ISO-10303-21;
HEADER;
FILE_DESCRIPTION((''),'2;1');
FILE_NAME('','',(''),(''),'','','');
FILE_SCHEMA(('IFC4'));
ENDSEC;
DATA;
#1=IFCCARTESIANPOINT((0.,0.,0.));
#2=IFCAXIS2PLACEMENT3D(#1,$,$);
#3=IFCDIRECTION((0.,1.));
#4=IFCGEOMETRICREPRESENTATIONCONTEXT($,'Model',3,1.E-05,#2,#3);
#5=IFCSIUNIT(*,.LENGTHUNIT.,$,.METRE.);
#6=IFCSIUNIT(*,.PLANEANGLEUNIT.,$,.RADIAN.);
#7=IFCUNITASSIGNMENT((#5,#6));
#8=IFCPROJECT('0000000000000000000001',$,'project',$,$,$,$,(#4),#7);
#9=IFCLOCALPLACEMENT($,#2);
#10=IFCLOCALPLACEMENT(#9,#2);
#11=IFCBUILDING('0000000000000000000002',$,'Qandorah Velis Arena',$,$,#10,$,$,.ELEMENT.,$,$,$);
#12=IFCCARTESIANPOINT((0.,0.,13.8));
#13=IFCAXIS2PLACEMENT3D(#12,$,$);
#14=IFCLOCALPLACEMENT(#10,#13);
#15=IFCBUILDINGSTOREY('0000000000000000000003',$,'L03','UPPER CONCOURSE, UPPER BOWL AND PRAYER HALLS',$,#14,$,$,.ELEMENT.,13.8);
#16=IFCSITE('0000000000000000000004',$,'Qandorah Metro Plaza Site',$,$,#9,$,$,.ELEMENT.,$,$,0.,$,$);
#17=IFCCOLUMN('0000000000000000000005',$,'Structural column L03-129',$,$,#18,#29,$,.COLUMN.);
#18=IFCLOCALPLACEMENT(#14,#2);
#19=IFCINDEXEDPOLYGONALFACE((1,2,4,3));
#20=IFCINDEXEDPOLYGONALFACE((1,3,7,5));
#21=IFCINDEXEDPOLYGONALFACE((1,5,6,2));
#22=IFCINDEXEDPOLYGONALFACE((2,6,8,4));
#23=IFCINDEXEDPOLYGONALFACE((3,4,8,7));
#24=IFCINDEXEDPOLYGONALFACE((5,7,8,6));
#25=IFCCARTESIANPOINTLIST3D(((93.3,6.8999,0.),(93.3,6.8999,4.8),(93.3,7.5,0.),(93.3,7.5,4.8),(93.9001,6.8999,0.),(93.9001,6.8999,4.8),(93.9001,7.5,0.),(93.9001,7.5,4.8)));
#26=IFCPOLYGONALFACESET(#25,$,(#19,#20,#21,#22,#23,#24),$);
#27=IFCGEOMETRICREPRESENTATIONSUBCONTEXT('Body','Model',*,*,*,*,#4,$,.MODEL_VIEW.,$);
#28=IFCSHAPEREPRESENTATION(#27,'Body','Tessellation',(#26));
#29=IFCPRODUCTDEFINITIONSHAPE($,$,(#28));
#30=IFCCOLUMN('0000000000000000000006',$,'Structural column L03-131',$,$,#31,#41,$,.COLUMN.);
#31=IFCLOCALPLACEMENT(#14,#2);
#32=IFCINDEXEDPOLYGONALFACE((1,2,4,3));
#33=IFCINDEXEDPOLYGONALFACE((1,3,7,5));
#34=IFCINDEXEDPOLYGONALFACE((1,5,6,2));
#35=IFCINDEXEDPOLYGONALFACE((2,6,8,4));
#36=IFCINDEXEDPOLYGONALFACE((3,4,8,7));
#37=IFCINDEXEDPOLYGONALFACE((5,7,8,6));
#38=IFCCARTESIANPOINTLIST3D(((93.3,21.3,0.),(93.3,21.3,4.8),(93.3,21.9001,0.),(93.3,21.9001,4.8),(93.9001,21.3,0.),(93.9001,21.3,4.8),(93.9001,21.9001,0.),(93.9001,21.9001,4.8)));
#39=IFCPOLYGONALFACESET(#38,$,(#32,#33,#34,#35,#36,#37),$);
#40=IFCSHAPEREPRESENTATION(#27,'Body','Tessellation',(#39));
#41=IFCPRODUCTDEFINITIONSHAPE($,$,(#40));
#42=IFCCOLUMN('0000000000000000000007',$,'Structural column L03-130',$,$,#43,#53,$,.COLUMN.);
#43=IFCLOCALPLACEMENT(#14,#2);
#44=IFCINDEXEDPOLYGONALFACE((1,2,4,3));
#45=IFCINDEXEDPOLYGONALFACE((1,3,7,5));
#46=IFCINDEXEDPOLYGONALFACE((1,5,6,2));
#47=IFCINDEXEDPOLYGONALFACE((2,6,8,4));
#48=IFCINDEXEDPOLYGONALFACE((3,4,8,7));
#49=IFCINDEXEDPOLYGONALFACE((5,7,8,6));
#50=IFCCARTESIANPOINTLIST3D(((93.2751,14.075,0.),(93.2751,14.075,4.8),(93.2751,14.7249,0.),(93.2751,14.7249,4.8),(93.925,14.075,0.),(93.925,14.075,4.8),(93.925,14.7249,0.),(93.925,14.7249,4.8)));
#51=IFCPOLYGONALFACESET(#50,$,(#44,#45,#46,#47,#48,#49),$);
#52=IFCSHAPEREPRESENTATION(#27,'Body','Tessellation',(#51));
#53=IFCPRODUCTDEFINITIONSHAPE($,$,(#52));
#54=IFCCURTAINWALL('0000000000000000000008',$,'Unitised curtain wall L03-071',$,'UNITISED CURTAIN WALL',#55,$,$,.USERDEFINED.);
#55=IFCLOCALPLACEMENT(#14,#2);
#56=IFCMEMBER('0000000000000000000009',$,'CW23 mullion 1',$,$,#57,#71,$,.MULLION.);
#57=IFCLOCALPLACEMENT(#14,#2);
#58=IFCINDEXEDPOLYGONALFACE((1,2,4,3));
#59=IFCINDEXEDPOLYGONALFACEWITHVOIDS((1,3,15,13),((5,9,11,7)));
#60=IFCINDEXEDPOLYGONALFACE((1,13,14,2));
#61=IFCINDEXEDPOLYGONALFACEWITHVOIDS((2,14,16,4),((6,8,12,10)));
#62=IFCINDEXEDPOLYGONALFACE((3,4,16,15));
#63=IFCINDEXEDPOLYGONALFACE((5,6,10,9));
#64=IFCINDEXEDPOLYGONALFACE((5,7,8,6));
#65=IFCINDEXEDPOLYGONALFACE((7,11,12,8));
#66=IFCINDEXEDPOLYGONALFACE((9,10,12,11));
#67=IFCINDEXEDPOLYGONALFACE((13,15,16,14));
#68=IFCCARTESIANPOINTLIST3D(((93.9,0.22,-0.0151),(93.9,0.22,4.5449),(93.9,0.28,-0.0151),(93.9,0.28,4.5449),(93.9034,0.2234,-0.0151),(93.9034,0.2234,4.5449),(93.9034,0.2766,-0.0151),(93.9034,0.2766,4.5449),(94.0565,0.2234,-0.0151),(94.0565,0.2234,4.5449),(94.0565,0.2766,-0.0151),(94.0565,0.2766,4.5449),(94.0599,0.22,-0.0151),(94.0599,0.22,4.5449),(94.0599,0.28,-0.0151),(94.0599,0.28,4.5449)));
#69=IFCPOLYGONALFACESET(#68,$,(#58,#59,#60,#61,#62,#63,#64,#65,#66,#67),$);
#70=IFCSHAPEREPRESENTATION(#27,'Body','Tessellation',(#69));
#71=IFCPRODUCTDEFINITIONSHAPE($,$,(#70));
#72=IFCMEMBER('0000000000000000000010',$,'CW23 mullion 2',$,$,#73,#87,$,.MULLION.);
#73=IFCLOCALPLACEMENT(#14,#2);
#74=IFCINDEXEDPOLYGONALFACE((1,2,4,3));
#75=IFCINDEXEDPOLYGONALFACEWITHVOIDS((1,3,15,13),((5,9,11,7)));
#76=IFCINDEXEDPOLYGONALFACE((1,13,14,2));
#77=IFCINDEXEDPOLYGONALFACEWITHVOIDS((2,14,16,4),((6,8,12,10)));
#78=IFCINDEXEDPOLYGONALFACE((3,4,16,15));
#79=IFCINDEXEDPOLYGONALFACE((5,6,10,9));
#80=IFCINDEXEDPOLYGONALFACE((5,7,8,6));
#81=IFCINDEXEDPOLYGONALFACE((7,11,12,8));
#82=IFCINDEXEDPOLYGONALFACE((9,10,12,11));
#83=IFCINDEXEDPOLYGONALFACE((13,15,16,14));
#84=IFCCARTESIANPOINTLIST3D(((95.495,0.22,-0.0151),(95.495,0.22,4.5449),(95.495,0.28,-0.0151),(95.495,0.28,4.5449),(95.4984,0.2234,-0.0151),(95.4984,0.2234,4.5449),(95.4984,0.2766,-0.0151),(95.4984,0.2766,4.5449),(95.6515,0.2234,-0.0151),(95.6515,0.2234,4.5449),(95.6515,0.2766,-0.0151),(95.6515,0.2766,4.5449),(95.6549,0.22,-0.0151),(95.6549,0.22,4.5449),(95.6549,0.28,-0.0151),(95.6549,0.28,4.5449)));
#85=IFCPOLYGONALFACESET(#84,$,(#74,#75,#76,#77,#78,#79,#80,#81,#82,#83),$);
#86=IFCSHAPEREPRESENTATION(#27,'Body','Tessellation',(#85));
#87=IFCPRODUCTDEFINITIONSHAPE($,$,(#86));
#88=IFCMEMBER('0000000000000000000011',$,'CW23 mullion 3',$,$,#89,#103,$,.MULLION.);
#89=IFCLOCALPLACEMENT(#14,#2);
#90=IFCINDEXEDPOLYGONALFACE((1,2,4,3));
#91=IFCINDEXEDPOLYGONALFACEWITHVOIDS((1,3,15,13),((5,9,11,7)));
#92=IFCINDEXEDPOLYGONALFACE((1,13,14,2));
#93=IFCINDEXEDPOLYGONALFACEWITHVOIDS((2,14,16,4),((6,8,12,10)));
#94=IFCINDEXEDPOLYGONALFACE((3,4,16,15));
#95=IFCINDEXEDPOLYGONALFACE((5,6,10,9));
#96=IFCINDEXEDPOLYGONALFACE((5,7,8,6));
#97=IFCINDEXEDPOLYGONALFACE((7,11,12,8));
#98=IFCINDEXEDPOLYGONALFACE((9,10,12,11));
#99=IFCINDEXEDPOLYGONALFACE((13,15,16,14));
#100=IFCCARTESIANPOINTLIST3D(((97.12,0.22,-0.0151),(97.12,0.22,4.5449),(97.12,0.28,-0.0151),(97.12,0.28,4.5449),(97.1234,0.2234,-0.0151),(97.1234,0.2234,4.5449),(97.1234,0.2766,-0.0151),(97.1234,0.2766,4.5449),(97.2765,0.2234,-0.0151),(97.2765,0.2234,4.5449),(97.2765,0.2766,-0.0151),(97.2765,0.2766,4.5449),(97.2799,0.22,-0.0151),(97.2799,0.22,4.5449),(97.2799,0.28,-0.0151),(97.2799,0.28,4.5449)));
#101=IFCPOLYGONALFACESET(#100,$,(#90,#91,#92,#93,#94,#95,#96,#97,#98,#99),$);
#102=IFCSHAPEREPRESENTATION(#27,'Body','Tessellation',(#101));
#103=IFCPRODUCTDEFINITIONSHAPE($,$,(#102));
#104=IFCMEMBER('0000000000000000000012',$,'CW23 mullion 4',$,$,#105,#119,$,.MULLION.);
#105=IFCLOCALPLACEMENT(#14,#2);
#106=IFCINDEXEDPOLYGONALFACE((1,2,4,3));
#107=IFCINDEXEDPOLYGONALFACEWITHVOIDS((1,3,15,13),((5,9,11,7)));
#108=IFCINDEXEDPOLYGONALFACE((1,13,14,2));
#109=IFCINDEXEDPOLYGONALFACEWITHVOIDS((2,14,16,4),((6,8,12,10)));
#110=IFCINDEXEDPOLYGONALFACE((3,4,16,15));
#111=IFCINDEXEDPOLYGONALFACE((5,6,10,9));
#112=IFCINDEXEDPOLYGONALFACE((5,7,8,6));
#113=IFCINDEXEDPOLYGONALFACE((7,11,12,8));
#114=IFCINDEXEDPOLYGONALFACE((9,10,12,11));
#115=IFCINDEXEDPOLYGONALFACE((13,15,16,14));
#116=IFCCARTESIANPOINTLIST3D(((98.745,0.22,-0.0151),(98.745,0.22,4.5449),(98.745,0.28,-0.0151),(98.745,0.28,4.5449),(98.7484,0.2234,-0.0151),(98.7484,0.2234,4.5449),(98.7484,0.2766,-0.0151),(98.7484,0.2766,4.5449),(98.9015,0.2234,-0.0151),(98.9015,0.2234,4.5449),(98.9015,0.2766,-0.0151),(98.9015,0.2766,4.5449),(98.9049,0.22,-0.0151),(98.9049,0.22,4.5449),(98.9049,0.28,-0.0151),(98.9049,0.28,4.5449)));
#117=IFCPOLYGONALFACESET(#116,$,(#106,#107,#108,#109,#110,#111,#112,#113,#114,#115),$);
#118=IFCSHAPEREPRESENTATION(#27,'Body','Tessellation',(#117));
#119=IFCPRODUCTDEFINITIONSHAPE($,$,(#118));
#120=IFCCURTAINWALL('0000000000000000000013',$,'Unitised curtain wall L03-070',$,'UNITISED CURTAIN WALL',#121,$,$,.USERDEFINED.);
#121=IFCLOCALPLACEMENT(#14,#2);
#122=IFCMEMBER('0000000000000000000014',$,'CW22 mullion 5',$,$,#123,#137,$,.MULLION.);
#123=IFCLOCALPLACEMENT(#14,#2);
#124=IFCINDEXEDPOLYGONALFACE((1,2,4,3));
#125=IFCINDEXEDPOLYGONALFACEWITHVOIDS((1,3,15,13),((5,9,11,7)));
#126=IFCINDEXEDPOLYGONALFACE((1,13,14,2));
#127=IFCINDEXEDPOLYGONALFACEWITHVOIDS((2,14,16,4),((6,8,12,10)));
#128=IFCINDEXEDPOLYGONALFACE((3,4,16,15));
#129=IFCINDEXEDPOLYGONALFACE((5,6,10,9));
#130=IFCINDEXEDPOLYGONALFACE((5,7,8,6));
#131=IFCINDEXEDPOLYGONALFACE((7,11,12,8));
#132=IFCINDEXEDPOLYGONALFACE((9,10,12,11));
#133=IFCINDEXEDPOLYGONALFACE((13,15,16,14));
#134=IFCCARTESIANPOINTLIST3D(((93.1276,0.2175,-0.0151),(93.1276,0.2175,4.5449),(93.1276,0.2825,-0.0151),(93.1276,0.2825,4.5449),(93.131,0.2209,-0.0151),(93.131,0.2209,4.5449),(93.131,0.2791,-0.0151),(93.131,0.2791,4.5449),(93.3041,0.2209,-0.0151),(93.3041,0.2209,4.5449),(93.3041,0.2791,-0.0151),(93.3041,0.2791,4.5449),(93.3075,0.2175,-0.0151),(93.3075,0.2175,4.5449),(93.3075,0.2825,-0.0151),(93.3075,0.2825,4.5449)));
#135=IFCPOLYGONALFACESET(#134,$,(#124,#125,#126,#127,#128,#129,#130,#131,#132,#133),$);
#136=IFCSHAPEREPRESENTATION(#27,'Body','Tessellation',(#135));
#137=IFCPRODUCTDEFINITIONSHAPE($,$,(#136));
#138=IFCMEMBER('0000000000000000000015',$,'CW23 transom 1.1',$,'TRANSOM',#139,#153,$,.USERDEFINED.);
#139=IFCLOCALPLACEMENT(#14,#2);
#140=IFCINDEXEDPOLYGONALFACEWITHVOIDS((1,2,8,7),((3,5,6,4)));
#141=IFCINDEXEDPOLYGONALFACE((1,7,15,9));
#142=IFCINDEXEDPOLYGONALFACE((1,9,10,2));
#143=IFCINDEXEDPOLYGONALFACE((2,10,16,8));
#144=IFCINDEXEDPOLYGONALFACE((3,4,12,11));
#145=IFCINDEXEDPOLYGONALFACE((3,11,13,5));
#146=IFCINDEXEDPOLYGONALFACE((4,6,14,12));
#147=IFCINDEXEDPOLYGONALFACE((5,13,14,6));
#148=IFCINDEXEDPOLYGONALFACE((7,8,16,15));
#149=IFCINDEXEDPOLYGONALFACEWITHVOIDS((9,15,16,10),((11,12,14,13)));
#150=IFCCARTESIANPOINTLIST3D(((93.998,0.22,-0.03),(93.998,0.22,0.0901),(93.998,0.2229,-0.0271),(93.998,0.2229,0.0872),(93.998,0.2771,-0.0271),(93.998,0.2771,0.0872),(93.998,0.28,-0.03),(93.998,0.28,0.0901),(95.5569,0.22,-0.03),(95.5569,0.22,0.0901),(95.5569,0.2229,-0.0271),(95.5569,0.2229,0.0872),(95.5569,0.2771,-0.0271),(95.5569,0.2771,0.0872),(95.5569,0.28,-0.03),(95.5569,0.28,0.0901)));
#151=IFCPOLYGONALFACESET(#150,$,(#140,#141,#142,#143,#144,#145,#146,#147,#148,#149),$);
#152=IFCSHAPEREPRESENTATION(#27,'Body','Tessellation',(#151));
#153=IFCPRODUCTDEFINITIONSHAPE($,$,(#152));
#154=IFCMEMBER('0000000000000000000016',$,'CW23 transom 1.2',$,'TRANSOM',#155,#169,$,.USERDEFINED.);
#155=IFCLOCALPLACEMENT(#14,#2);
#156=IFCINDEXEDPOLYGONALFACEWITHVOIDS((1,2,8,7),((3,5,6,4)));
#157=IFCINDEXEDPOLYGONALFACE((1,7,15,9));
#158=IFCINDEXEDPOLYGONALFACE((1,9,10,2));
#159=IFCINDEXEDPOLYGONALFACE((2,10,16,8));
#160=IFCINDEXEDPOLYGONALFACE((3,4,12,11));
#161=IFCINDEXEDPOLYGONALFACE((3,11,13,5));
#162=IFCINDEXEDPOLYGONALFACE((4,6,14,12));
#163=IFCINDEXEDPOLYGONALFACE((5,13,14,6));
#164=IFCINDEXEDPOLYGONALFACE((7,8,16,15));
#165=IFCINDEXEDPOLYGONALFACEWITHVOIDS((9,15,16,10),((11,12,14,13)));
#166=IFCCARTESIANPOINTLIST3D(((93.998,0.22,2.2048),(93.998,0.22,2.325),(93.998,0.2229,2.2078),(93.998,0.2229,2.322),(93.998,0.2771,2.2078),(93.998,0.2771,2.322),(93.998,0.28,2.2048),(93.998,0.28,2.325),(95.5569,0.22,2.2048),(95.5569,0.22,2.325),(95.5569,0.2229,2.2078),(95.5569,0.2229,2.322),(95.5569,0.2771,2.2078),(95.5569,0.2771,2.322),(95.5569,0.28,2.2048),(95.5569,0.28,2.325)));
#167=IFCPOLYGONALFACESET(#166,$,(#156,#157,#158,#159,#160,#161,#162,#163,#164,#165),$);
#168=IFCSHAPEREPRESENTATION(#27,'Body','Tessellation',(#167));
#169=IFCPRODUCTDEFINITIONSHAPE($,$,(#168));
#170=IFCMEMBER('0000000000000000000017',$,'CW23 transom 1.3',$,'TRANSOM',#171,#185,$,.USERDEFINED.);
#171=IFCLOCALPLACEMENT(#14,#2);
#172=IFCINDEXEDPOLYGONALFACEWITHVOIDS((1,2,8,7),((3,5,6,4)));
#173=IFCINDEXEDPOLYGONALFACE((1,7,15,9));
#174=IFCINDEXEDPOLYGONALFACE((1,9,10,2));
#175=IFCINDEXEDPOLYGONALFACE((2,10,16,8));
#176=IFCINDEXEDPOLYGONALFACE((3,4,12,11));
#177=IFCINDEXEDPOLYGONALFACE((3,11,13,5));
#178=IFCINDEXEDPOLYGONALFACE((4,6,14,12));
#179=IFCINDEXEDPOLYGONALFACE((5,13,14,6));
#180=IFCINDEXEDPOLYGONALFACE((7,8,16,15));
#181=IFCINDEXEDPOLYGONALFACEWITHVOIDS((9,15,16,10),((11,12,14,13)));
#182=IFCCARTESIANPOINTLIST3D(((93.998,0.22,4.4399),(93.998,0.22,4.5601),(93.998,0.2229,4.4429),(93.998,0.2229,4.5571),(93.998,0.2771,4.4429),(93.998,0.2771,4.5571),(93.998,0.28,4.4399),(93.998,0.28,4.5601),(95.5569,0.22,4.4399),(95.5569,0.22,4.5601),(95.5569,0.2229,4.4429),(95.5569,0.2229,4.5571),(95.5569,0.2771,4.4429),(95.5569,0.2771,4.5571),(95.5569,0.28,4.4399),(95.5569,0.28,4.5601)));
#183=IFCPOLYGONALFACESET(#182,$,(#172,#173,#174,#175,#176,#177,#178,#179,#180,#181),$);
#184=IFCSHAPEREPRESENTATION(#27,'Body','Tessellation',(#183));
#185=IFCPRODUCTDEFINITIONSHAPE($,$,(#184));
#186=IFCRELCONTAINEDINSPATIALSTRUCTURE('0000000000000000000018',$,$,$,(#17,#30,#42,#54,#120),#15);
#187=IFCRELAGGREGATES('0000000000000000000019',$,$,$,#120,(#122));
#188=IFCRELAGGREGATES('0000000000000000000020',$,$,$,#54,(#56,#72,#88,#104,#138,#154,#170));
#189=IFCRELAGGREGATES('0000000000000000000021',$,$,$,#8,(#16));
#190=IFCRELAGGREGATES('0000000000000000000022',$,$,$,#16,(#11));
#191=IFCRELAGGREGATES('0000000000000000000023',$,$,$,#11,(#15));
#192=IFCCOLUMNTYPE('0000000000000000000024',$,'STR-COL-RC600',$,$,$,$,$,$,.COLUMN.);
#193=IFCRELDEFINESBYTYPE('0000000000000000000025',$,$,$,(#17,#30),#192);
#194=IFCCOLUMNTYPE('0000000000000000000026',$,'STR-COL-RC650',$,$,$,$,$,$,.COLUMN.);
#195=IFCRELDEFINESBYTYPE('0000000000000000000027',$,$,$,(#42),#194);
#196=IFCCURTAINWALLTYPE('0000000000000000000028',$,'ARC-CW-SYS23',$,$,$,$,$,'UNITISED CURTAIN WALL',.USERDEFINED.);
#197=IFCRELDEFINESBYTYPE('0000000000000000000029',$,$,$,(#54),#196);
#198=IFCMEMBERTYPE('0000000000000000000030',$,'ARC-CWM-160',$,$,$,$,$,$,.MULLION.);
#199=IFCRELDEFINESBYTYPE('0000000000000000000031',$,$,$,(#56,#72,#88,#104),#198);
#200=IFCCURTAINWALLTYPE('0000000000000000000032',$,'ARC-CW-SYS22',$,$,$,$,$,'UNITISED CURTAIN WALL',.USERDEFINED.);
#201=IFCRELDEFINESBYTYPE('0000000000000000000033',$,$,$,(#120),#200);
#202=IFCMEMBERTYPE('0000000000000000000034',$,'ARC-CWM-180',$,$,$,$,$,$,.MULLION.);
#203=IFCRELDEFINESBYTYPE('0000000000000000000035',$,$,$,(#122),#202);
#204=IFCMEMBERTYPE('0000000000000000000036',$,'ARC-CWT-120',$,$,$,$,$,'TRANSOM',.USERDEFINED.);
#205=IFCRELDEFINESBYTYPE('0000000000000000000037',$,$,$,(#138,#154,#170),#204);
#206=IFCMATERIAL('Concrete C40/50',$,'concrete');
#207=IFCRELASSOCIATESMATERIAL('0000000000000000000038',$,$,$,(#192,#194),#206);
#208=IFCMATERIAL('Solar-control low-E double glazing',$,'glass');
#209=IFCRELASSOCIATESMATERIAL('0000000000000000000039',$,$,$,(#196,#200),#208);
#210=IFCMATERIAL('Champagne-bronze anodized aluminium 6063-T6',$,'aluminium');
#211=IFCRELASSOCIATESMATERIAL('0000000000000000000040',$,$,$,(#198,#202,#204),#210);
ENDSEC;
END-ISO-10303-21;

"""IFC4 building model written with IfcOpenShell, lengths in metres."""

from ifc_helpers import new_model, si_unit, direction, frame, origin, origin_2d, place, context, subcontext, project, spatial, rectangle, hollow_rectangle, extrude, material, material_profile, profile_set, type_object, element, aggregate, save


model = new_model("IFC4")

# Units and contexts
model_context = context("Model", 3, precision=1e-05, world=origin(), true_north=direction((0.0, 1.0)))
body_context = subcontext(model_context, "Body", "Model", "MODEL_VIEW")
ifc_project = project(units=[si_unit("LENGTHUNIT", "METRE"), si_unit("PLANEANGLEUNIT", "RADIAN")], contexts=[model_context])

# Site, building, storey
site_placement = place(None, origin())
site = spatial("IfcSite", under=ifc_project, at=site_placement, Name="Qandorah Metro Plaza Site", CompositionType="ELEMENT", RefElevation=0.0)
building_placement = place(site_placement, origin())
building = spatial("IfcBuilding", under=site, at=building_placement, Name="Qandorah Velis Arena", CompositionType="ELEMENT")
storey_placement = place(building_placement, frame((0.0, 0.0, 13.8)))
storey = spatial("IfcBuildingStorey", under=building, at=storey_placement, Name="L03", Description="UPPER CONCOURSE, UPPER BOWL AND PRAYER HALLS", CompositionType="ELEMENT", Elevation=13.8)

# Columns
ifc_material_1 = material(Name="Concrete C40/50", Category="concrete")
ifc_material_profile_1 = material_profile(ifc_material_1, rectangle(XDim=0.6001, YDim=0.6001, at=origin_2d()), Name="RC COL 600x600")
ifc_profile_set_1 = profile_set([ifc_material_profile_1], Name="Concrete C40/50")
column_type_1 = type_object("IfcColumnType", Name="STR-COL-RC600", PredefinedType="COLUMN", material=ifc_profile_set_1)
for number, where, z_axis, x_axis, name in (
    (1, (93.6001, 7.2, 0.0), (0.0, 0.0, 1.0), (1.0, 0.0, 0.0), "Structural column L03-129"),
    (2, (93.6001, 21.6001, 0.0), (0.0, 0.0, 1.0), (1.0, 0.0, 0.0), "Structural column L03-131"),
):
    element("IfcColumn", number, at=place(storey_placement, frame(where, z_axis=z_axis, x_axis=x_axis)), inside=storey, type_object=column_type_1, Name=name, PredefinedType="COLUMN", context=body_context, shape_type="SweptSolid", body=[
        extrude(rectangle(XDim=0.6001, YDim=0.6001, at=origin_2d()), origin(), (0.0, 0.0, 1.0), 4.8),
    ])
ifc_material_profile_2 = material_profile(ifc_material_1, rectangle(XDim=0.6499, YDim=0.6499, at=origin_2d()), Name="RC COL 650x650")
ifc_profile_set_2 = profile_set([ifc_material_profile_2], Name="Concrete C40/50")
column_type_2 = type_object("IfcColumnType", Name="STR-COL-RC650", PredefinedType="COLUMN", material=ifc_profile_set_2)
column_placement = place(storey_placement, frame((93.6001, 14.3999, 0.0), z_axis=(0.0, 0.0, 1.0), x_axis=(1.0, 0.0, 0.0)))
element("IfcColumn", 3, at=column_placement, inside=storey, type_object=column_type_2, Name="Structural column L03-130", PredefinedType="COLUMN", context=body_context, shape_type="SweptSolid", body=[
    extrude(rectangle(XDim=0.6499, YDim=0.6499, at=origin_2d()), origin(), (0.0, 0.0, 1.0), 4.8),
])

# Curtain wall, members
ifc_material_2 = material(Name="Solar-control low-E double glazing", Category="glass")
curtain_wall_type_1 = type_object("IfcCurtainWallType", Name="ARC-CW-SYS23", ElementType="UNITISED CURTAIN WALL", PredefinedType="USERDEFINED", material=ifc_material_2)
curtain_wall_1_placement = place(storey_placement, origin())
curtain_wall_1 = element("IfcCurtainWall", 4, at=curtain_wall_1_placement, inside=storey, type_object=curtain_wall_type_1, Name="Unitised curtain wall L03-071", ObjectType="UNITISED CURTAIN WALL", PredefinedType="USERDEFINED")
ifc_material_3 = material(Name="Champagne-bronze anodized aluminium 6063-T6", Category="aluminium")
ifc_material_profile_3 = material_profile(ifc_material_3, hollow_rectangle(XDim=0.0601, YDim=0.1599, WallThickness=0.0034, at=origin_2d()), Name="ALU MULLION 60x160")
ifc_profile_set_3 = profile_set([ifc_material_profile_3], Name="Champagne-bronze anodized aluminium 6063-T6")
member_type_1 = type_object("IfcMemberType", Name="ARC-CWM-160", PredefinedType="MULLION", material=ifc_profile_set_3)
member_1_placement = place(storey_placement, frame((93.98, 0.25, -0.0151), z_axis=(0.0, 0.0, 1.0), x_axis=(0.0, 1.0, 0.0)))
member_1 = element("IfcMember", 5, at=member_1_placement, type_object=member_type_1, Name="CW23 mullion 1", PredefinedType="MULLION", context=body_context, shape_type="SweptSolid", body=[
    extrude(hollow_rectangle(XDim=0.0601, YDim=0.1599, WallThickness=0.0034, at=origin_2d()), origin(), (0.0, 0.0, 1.0), 4.5601),
])
member_2_placement = place(storey_placement, frame((95.575, 0.25, -0.0151), z_axis=(0.0, 0.0, 1.0), x_axis=(0.0, 1.0, 0.0)))
member_2 = element("IfcMember", 6, at=member_2_placement, type_object=member_type_1, Name="CW23 mullion 2", PredefinedType="MULLION", context=body_context, shape_type="SweptSolid", body=[
    extrude(hollow_rectangle(XDim=0.0601, YDim=0.1599, WallThickness=0.0034, at=origin_2d()), origin(), (0.0, 0.0, 1.0), 4.5601),
])
member_3_placement = place(storey_placement, frame((97.2, 0.25, -0.0151), z_axis=(0.0, 0.0, 1.0), x_axis=(0.0, 1.0, 0.0)))
member_3 = element("IfcMember", 7, at=member_3_placement, type_object=member_type_1, Name="CW23 mullion 3", PredefinedType="MULLION", context=body_context, shape_type="SweptSolid", body=[
    extrude(hollow_rectangle(XDim=0.0601, YDim=0.1599, WallThickness=0.0034, at=origin_2d()), origin(), (0.0, 0.0, 1.0), 4.5601),
])
member_4_placement = place(storey_placement, frame((98.825, 0.25, -0.0151), z_axis=(0.0, 0.0, 1.0), x_axis=(0.0, 1.0, 0.0)))
member_4 = element("IfcMember", 8, at=member_4_placement, type_object=member_type_1, Name="CW23 mullion 4", PredefinedType="MULLION", context=body_context, shape_type="SweptSolid", body=[
    extrude(hollow_rectangle(XDim=0.0601, YDim=0.1599, WallThickness=0.0034, at=origin_2d()), origin(), (0.0, 0.0, 1.0), 4.5601),
])

# Curtain wall, member
curtain_wall_type_2 = type_object("IfcCurtainWallType", Name="ARC-CW-SYS22", ElementType="UNITISED CURTAIN WALL", PredefinedType="USERDEFINED", material=ifc_material_2)
curtain_wall_2_placement = place(storey_placement, origin())
curtain_wall_2 = element("IfcCurtainWall", 9, at=curtain_wall_2_placement, inside=storey, type_object=curtain_wall_type_2, Name="Unitised curtain wall L03-070", ObjectType="UNITISED CURTAIN WALL", PredefinedType="USERDEFINED")
ifc_material_profile_4 = material_profile(ifc_material_3, hollow_rectangle(XDim=0.0649, YDim=0.1799, WallThickness=0.0034, at=origin_2d()), Name="ALU MULLION 65x180")
ifc_profile_set_4 = profile_set([ifc_material_profile_4], Name="Champagne-bronze anodized aluminium 6063-T6")
member_type_2 = type_object("IfcMemberType", Name="ARC-CWM-180", PredefinedType="MULLION", material=ifc_profile_set_4)
member_5_placement = place(storey_placement, frame((93.2175, 0.25, -0.0151), z_axis=(0.0, 0.0, 1.0), x_axis=(0.0, 1.0, 0.0)))
member_5 = element("IfcMember", 10, at=member_5_placement, type_object=member_type_2, Name="CW22 mullion 5", PredefinedType="MULLION", context=body_context, shape_type="SweptSolid", body=[
    extrude(hollow_rectangle(XDim=0.0649, YDim=0.1799, WallThickness=0.0034, at=origin_2d()), origin(), (0.0, 0.0, 1.0), 4.5601),
])
aggregate(curtain_wall_2, [member_5])

# Members
ifc_material_profile_5 = material_profile(ifc_material_3, hollow_rectangle(XDim=0.0601, YDim=0.1201, WallThickness=0.0029, at=origin_2d()), Name="ALU TRANSOM 60x120")
ifc_profile_set_5 = profile_set([ifc_material_profile_5], Name="Champagne-bronze anodized aluminium 6063-T6")
member_type_3 = type_object("IfcMemberType", Name="ARC-CWT-120", ElementType="TRANSOM", PredefinedType="USERDEFINED", material=ifc_profile_set_5)
member_6_placement = place(storey_placement, frame((93.998, 0.25, 0.03), z_axis=(1.0, 0.0, 0.0), x_axis=(0.0, 1.0, 0.0)))
member_6 = element("IfcMember", 11, at=member_6_placement, type_object=member_type_3, Name="CW23 transom 1.1", ObjectType="TRANSOM", PredefinedType="USERDEFINED", context=body_context, shape_type="SweptSolid", body=[
    extrude(hollow_rectangle(XDim=0.0601, YDim=0.1201, WallThickness=0.0029, at=origin_2d()), origin(), (0.0, 0.0, 1.0), 1.5588),
])
member_7_placement = place(storey_placement, frame((93.998, 0.25, 2.2649), z_axis=(1.0, 0.0, 0.0), x_axis=(0.0, 1.0, 0.0)))
member_7 = element("IfcMember", 12, at=member_7_placement, type_object=member_type_3, Name="CW23 transom 1.2", ObjectType="TRANSOM", PredefinedType="USERDEFINED", context=body_context, shape_type="SweptSolid", body=[
    extrude(hollow_rectangle(XDim=0.0601, YDim=0.1201, WallThickness=0.0029, at=origin_2d()), origin(), (0.0, 0.0, 1.0), 1.5588),
])
member_8_placement = place(storey_placement, frame((93.998, 0.25, 4.5), z_axis=(1.0, 0.0, 0.0), x_axis=(0.0, 1.0, 0.0)))
member_8 = element("IfcMember", 13, at=member_8_placement, type_object=member_type_3, Name="CW23 transom 1.3", ObjectType="TRANSOM", PredefinedType="USERDEFINED", context=body_context, shape_type="SweptSolid", body=[
    extrude(hollow_rectangle(XDim=0.0601, YDim=0.1201, WallThickness=0.0029, at=origin_2d()), origin(), (0.0, 0.0, 1.0), 1.5588),
])

aggregate(curtain_wall_1, [member_1, member_2, member_3, member_4, member_6, member_7, member_8])

save(model, "model.ifc")
